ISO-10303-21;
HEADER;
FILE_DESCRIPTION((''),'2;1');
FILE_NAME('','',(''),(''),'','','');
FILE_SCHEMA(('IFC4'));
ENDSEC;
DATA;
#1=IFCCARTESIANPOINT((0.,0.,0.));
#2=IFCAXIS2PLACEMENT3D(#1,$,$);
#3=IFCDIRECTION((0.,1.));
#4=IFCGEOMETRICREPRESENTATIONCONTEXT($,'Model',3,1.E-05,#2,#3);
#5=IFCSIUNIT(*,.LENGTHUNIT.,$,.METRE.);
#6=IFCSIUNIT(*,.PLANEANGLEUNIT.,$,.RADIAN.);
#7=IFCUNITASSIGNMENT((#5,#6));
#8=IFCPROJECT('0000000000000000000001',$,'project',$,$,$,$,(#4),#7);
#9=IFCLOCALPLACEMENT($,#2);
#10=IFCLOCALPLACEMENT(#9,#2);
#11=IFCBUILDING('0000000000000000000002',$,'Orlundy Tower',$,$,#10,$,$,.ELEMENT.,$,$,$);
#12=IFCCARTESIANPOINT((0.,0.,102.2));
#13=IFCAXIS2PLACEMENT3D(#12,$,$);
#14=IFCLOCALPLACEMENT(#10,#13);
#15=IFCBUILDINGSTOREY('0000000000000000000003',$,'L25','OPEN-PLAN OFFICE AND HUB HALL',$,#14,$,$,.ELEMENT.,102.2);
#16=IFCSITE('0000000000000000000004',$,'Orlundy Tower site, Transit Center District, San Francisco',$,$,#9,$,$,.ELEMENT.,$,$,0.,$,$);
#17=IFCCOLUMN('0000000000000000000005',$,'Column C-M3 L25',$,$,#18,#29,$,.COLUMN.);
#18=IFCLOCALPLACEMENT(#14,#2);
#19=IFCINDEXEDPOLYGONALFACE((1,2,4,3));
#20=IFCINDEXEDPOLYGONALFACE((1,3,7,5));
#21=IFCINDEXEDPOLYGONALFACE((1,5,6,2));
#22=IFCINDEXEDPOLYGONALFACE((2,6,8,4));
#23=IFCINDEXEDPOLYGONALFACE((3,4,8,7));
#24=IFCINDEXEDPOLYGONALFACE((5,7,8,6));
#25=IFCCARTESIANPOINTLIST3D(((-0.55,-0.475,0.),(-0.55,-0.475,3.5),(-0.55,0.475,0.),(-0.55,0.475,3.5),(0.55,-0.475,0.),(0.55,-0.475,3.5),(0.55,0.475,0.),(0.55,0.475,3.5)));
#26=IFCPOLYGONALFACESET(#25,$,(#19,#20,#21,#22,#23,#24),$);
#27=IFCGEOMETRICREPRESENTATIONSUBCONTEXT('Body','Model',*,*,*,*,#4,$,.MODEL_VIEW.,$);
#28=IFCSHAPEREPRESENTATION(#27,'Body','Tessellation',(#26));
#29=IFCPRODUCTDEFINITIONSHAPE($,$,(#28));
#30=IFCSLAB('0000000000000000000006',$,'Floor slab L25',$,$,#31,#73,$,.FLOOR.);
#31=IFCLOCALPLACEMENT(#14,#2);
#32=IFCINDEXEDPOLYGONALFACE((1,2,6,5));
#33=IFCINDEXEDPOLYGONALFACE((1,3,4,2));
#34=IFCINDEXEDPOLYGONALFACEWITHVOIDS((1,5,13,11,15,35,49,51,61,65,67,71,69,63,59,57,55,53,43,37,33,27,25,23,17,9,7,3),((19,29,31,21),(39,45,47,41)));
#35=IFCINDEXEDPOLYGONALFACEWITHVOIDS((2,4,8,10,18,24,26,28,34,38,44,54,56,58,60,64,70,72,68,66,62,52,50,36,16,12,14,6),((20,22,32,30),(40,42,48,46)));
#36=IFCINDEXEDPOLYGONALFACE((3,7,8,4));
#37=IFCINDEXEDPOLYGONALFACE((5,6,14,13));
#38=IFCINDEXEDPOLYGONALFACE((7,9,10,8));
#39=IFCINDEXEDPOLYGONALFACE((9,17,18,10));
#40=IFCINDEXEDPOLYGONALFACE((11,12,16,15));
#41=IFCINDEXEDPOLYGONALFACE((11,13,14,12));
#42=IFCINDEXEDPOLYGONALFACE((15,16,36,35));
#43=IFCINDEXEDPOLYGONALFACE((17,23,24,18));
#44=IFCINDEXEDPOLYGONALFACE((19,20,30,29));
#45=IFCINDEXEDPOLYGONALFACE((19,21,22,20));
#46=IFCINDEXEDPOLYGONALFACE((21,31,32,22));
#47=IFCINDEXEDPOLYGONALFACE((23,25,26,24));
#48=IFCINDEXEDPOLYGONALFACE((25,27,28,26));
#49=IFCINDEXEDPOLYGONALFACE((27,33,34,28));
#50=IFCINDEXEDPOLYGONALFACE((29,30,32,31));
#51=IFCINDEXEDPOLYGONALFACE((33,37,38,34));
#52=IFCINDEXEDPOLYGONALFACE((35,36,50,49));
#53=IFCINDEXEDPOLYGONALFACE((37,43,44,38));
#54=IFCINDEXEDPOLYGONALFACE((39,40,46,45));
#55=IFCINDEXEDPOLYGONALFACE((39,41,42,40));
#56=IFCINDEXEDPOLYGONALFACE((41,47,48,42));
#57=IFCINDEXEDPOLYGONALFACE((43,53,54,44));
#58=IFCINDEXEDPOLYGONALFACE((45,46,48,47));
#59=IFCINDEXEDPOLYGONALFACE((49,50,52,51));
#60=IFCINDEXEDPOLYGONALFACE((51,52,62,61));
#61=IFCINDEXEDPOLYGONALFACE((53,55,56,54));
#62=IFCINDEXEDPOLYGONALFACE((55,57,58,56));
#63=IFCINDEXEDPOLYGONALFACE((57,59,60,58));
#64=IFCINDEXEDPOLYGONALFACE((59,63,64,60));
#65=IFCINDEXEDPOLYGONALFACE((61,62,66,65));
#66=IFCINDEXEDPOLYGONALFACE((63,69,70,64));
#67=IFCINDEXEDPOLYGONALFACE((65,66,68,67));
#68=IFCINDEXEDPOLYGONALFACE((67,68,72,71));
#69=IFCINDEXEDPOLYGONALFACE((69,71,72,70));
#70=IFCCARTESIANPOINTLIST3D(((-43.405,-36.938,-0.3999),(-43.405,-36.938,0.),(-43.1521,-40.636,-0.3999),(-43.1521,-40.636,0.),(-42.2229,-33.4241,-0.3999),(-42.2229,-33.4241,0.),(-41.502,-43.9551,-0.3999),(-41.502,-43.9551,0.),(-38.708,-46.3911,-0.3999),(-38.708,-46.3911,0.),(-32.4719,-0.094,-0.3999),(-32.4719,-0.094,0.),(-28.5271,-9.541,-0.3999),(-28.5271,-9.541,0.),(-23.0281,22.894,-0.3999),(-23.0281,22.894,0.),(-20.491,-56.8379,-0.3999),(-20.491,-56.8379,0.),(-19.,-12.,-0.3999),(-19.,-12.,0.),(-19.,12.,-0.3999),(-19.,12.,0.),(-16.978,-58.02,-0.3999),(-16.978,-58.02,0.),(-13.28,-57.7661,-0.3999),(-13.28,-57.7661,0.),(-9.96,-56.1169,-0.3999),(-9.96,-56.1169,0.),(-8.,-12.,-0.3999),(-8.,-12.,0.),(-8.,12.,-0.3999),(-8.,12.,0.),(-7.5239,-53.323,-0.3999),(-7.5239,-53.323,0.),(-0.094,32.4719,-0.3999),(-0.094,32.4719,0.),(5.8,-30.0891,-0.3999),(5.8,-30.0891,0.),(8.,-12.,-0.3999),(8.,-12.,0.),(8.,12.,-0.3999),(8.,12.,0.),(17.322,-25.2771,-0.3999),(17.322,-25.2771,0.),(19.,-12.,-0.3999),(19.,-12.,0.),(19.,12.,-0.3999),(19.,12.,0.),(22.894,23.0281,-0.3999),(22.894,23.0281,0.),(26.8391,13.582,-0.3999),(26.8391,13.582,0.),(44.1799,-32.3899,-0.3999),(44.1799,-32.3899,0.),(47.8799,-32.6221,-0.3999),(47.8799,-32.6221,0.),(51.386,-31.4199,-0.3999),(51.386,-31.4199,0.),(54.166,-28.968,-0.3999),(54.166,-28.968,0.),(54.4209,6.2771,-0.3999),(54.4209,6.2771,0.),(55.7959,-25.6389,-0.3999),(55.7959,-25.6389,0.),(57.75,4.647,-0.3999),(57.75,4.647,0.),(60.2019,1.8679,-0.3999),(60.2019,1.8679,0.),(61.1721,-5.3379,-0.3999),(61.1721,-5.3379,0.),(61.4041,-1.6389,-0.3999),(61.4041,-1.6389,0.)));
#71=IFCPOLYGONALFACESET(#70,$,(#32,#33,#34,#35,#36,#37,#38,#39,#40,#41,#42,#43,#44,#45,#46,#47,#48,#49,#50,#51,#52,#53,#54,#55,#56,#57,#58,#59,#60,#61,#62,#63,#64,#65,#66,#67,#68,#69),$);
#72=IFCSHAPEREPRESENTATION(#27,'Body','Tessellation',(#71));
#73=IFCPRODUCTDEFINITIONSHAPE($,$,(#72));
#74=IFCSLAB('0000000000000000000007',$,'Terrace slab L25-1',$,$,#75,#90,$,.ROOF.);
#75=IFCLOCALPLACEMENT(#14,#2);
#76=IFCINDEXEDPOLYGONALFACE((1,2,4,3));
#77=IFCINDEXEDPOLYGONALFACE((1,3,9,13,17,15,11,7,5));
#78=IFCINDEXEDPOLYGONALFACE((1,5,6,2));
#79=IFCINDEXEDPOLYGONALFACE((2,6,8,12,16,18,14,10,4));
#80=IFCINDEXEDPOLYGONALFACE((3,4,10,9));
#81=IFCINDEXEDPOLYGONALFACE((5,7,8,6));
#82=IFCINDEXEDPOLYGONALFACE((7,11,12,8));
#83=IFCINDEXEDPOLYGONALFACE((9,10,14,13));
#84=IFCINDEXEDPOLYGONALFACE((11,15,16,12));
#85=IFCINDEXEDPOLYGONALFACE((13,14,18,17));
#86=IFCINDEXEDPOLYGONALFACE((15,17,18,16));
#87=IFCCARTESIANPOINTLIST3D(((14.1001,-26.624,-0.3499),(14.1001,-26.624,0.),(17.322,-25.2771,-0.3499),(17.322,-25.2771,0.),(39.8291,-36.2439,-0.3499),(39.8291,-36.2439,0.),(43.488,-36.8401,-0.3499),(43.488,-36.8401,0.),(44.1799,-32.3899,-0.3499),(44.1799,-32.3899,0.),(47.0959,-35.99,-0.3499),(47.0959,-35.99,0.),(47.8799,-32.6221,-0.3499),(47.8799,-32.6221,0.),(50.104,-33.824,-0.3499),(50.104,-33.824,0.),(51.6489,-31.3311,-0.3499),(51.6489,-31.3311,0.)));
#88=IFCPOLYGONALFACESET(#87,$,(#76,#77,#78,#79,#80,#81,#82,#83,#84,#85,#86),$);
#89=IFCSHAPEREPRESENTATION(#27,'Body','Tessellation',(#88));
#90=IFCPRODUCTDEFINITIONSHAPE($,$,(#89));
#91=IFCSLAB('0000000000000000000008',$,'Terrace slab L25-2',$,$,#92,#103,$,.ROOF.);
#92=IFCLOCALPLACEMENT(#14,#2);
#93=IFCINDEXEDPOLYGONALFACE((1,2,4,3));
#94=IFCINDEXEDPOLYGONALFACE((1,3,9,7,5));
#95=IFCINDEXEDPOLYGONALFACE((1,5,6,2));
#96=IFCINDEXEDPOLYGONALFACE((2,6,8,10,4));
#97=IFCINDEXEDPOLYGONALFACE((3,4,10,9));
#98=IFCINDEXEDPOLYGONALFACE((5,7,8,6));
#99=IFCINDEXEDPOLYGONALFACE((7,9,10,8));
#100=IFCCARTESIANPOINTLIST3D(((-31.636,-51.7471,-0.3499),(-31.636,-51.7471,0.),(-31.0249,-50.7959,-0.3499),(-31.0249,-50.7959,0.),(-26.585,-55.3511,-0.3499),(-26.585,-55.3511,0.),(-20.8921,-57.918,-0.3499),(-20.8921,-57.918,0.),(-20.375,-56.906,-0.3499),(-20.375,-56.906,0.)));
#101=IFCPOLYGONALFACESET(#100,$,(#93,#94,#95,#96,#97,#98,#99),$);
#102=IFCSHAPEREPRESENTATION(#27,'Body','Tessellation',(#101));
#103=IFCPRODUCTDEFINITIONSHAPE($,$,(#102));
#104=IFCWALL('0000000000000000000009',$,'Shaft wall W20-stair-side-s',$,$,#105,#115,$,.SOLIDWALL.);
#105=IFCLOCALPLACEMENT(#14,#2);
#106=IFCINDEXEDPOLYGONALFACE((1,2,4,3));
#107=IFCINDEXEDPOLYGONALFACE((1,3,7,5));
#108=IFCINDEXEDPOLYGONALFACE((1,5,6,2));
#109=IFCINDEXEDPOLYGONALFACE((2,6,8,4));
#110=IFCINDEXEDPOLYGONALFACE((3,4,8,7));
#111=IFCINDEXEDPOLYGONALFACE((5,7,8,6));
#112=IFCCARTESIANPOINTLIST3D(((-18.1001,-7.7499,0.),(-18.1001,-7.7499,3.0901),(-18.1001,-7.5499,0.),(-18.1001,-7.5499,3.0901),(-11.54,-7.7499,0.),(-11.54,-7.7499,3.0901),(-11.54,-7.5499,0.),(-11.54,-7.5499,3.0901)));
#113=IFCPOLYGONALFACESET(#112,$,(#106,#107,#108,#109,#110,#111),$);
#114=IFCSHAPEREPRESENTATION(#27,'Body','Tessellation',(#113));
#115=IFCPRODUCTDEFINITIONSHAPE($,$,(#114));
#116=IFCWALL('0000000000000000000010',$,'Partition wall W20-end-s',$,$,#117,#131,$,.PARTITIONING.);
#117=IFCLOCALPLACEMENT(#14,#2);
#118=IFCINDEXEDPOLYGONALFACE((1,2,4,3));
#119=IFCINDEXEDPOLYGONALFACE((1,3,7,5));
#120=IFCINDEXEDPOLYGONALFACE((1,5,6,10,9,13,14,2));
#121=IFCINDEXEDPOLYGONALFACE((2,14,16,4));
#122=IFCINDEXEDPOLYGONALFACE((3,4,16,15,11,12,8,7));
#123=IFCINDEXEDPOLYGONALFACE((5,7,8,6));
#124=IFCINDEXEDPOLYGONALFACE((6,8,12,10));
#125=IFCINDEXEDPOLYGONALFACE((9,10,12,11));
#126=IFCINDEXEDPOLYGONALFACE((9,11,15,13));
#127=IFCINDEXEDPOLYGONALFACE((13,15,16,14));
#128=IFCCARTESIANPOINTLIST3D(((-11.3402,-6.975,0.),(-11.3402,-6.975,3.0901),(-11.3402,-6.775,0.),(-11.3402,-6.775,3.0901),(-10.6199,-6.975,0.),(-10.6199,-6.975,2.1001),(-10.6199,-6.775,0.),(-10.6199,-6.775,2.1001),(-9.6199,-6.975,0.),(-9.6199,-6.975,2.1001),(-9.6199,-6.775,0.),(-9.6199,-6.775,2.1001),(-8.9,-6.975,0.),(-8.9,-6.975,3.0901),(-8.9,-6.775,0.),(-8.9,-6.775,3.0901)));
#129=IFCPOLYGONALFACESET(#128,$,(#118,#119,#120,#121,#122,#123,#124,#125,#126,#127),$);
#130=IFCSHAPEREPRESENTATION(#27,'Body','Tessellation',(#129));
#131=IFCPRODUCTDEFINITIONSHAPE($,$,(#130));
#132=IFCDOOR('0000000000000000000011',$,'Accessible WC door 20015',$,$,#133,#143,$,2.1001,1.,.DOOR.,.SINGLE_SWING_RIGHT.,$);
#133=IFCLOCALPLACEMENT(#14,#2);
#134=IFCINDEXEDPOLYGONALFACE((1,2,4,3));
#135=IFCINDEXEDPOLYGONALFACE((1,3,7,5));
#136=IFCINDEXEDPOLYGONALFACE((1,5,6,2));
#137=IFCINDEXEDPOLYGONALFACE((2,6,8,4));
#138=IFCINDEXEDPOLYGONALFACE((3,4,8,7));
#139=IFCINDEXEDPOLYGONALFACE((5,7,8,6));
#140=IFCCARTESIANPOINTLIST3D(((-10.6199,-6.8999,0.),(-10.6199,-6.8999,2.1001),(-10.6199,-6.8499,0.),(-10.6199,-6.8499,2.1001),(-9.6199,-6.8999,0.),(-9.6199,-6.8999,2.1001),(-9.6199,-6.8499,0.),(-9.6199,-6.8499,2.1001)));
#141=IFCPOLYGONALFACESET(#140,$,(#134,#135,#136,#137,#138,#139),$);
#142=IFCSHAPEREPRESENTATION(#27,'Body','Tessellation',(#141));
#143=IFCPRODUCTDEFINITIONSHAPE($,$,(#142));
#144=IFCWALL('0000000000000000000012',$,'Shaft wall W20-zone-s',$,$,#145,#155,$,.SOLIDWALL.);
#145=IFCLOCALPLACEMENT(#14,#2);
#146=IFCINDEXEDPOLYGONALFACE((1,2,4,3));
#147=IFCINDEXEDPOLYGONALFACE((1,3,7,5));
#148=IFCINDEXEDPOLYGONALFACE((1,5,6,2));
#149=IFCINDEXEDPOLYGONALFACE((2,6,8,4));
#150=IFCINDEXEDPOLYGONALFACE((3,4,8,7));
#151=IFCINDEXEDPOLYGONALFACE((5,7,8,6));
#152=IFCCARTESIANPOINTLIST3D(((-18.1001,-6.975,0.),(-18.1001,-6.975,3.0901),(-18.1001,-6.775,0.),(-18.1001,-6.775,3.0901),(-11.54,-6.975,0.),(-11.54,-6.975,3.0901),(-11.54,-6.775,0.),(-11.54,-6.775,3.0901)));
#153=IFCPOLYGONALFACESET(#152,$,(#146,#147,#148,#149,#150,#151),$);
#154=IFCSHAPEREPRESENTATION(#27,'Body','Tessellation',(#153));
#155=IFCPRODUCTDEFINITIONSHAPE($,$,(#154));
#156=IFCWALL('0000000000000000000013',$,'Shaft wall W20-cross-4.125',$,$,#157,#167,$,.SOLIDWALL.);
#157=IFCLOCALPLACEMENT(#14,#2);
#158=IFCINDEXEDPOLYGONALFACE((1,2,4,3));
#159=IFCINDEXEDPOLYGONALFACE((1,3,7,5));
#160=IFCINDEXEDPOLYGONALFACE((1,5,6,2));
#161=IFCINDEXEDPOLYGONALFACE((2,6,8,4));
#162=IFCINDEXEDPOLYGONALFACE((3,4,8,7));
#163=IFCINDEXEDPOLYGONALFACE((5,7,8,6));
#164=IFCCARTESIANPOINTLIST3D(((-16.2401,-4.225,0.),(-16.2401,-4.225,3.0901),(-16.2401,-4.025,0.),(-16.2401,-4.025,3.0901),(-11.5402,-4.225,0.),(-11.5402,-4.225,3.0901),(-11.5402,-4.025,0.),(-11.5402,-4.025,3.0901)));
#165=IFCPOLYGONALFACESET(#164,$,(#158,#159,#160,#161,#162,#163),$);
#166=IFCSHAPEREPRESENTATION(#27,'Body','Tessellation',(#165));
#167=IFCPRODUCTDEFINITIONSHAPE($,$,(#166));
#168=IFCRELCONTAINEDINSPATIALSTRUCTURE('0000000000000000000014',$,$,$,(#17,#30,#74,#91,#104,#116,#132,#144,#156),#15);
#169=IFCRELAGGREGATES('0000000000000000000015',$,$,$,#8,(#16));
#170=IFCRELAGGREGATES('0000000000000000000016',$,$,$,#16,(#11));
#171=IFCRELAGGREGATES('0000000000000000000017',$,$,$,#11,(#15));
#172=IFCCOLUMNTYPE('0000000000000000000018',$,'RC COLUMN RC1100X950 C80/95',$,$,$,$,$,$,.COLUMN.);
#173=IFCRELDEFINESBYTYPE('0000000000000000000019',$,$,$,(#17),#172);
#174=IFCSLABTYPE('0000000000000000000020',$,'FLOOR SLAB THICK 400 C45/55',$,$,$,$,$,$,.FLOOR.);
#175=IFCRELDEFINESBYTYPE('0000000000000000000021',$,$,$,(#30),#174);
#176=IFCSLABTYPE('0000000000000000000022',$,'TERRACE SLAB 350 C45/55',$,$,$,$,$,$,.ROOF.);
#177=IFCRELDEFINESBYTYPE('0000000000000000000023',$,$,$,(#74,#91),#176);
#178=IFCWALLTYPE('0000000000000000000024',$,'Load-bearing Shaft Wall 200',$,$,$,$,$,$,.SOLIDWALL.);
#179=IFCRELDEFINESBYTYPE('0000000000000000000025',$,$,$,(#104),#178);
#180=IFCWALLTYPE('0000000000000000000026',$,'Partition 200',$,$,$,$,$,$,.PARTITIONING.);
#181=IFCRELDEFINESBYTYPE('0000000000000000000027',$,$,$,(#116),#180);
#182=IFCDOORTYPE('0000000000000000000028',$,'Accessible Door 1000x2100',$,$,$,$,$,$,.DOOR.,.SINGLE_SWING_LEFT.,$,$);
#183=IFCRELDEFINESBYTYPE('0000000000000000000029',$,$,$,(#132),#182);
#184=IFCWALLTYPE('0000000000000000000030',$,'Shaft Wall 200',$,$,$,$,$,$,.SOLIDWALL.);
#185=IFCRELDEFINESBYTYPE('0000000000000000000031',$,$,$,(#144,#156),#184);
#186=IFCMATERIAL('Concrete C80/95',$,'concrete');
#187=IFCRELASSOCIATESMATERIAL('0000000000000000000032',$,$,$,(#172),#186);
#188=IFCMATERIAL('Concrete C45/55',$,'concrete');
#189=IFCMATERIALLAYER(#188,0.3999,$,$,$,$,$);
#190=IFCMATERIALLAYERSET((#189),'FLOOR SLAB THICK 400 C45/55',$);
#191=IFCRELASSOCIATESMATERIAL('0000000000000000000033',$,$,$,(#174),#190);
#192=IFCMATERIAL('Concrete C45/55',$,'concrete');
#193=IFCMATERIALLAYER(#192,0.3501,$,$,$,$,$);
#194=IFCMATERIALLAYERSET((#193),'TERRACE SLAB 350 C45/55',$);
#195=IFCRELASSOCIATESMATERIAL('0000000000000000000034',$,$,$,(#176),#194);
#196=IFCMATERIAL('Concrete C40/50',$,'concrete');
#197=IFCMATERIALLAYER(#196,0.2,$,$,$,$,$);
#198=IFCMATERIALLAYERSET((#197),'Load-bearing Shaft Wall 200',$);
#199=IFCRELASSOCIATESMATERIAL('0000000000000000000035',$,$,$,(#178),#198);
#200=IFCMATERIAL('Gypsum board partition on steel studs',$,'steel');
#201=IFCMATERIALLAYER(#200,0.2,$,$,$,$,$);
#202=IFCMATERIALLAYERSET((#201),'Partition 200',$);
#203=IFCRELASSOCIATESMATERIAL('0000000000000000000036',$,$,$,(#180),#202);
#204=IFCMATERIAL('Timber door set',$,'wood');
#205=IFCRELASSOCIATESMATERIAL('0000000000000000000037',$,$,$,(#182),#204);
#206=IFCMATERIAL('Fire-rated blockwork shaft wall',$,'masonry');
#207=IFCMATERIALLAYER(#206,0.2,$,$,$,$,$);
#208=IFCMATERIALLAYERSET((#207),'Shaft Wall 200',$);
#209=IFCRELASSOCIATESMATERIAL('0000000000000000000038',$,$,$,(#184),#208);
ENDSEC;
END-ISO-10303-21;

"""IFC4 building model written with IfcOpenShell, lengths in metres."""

from ifc_helpers import new_model, si_unit, direction, frame, frame_2d, origin, origin_with_axes, origin_2d, place, context, subcontext, project, spatial, polyline, rectangle, outline, extrude, material, layer, layer_set, material_profile, profile_set, type_object, element, fill, save


model = new_model("IFC4")

# Units and contexts
model_context = context("Model", 3, precision=1e-05, world=origin(), true_north=direction((0.0, 1.0)))
body_context = subcontext(model_context, "Body", "Model", "MODEL_VIEW")
ifc_project = project(units=[si_unit("LENGTHUNIT", "METRE"), si_unit("PLANEANGLEUNIT", "RADIAN")], contexts=[model_context])

# Site, building, storey
site_placement = place(None, origin())
site = spatial("IfcSite", under=ifc_project, at=site_placement, Name="Orlundy Tower site, Transit Center District, San Francisco", CompositionType="ELEMENT", RefElevation=0.0)
building_placement = place(site_placement, origin())
building = spatial("IfcBuilding", under=site, at=building_placement, Name="Orlundy Tower", CompositionType="ELEMENT")
storey_placement = place(building_placement, frame((0.0, 0.0, 102.2)))
storey = spatial("IfcBuildingStorey", under=building, at=storey_placement, Name="L25", Description="OPEN-PLAN OFFICE AND HUB HALL", CompositionType="ELEMENT", Elevation=102.2)

# Column
ifc_material_1 = material(Name="Concrete C80/95", Category="concrete")
ifc_material_profile = material_profile(ifc_material_1, rectangle(XDim=1.1001, YDim=0.95, at=origin_2d()), Name="RC1100X950")
ifc_profile_set = profile_set([ifc_material_profile], Name="Concrete C80/95")
column_type = type_object("IfcColumnType", Name="RC COLUMN RC1100X950 C80/95", PredefinedType="COLUMN", material=ifc_profile_set)
column_placement = place(storey_placement, origin_with_axes())
element("IfcColumn", 1, at=column_placement, inside=storey, type_object=column_type, Name="Column C-M3 L25", PredefinedType="COLUMN", context=body_context, shape_type="SweptSolid", body=[
    extrude(rectangle(XDim=1.1001, YDim=0.95, at=origin_2d()), origin(), (0.0, 0.0, 1.0), 3.5),
])

# Slabs
ifc_material_2 = material(Name="Concrete C45/55", Category="concrete")
ifc_layer_1 = layer(ifc_material_2, 0.3999)
ifc_layer_set_1 = layer_set([ifc_layer_1], Name="FLOOR SLAB THICK 400 C45/55")
slab_type_1 = type_object("IfcSlabType", Name="FLOOR SLAB THICK 400 C45/55", PredefinedType="FLOOR", material=ifc_layer_set_1)
slab_1_placement = place(storey_placement, frame((0.0, 0.0, -0.3999)))
element("IfcSlab", 2, at=slab_1_placement, inside=storey, type_object=slab_type_1, Name="Floor slab L25", PredefinedType="FLOOR", context=body_context, shape_type="SweptSolid", body=[
    extrude(outline(polyline([(17.322, -25.2771), (5.8, -30.0891), (-7.5239, -53.323), (-9.96, -56.1169), (-13.28, -57.7661), (-16.978, -58.02), (-20.491, -56.8379), (-38.708, -46.3911), (-41.502, -43.9551), (-43.1521, -40.636), (-43.405, -36.938), (-42.2229, -33.4241), (-28.5271, -9.541), (-32.4719, -0.094), (-23.0281, 22.894), (-0.094, 32.4719), (22.894, 23.0281), (26.8391, 13.582), (54.4209, 6.2771), (57.75, 4.647), (60.2019, 1.8679), (61.4041, -1.6389), (61.1721, -5.3379), (55.7959, -25.6389), (54.166, -28.968), (51.386, -31.4199), (47.8799, -32.6221), (44.1799, -32.3899), (17.322, -25.2771)]), holes=[polyline([(-8.0, -12.0), (-8.0, 12.0), (-19.0, 12.0), (-19.0, -12.0), (-8.0, -12.0)]), polyline([(19.0, -12.0), (19.0, 12.0), (8.0, 12.0), (8.0, -12.0), (19.0, -12.0)])]), origin(), (0.0, 0.0, 1.0), 0.3999),
])
ifc_material_3 = material(Name="Concrete C45/55", Category="concrete")
ifc_layer_2 = layer(ifc_material_3, 0.3501)
ifc_layer_set_2 = layer_set([ifc_layer_2], Name="TERRACE SLAB 350 C45/55")
slab_type_2 = type_object("IfcSlabType", Name="TERRACE SLAB 350 C45/55", PredefinedType="ROOF", material=ifc_layer_set_2)
slab_2_placement = place(storey_placement, frame((0.0, 0.0, -0.3499)))
element("IfcSlab", 3, at=slab_2_placement, inside=storey, type_object=slab_type_2, Name="Terrace slab L25-1", PredefinedType="ROOF", context=body_context, shape_type="SweptSolid", body=[
    extrude(outline(polyline([(14.1001, -26.624), (17.322, -25.2771), (44.1799, -32.3899), (47.8799, -32.6221), (51.6489, -31.3311), (50.104, -33.824), (47.0959, -35.99), (43.488, -36.8401), (39.8291, -36.2439), (14.1001, -26.624)])), origin(), (0.0, 0.0, 1.0), 0.3499),
])
slab_3_placement = place(storey_placement, frame((0.0, 0.0, -0.3499)))
element("IfcSlab", 4, at=slab_3_placement, inside=storey, type_object=slab_type_2, Name="Terrace slab L25-2", PredefinedType="ROOF", context=body_context, shape_type="SweptSolid", body=[
    extrude(outline(polyline([(-31.636, -51.7471), (-31.0249, -50.7959), (-20.375, -56.906), (-20.8921, -57.918), (-26.585, -55.3511), (-31.636, -51.7471)])), origin(), (0.0, 0.0, 1.0), 0.3499),
])

# Wall
ifc_material_4 = material(Name="Concrete C40/50", Category="concrete")
ifc_layer_3 = layer(ifc_material_4, 0.2)
ifc_layer_set_3 = layer_set([ifc_layer_3], Name="Load-bearing Shaft Wall 200")
wall_type_1 = type_object("IfcWallType", Name="Load-bearing Shaft Wall 200", PredefinedType="SOLIDWALL", material=ifc_layer_set_3)
wall_1_placement = place(storey_placement, frame((-11.54, -7.6499, 0.0), z_axis=(0.0, 0.0, 1.0), x_axis=(-1.0, 0.0, 0.0)))
element("IfcWall", 5, at=wall_1_placement, inside=storey, type_object=wall_type_1, Name="Shaft wall W20-stair-side-s", PredefinedType="SOLIDWALL", context=body_context, shape_type="SweptSolid", body=[
    extrude(rectangle(XDim=6.5601, YDim=0.2, at=frame_2d((3.28, 0.0))), origin(), (0.0, 0.0, 1.0), 3.0901),
])

# Wall, opening, door
ifc_material_5 = material(Name="Gypsum board partition on steel studs", Category="steel")
ifc_layer_4 = layer(ifc_material_5, 0.2)
ifc_layer_set_4 = layer_set([ifc_layer_4], Name="Partition 200")
wall_type_2 = type_object("IfcWallType", Name="Partition 200", PredefinedType="PARTITIONING", material=ifc_layer_set_4)
wall_2_placement = place(storey_placement, frame((-8.8999, -6.875, 0.0), z_axis=(0.0, 0.0, 1.0), x_axis=(-1.0, 0.0, 0.0)))
wall_2 = element("IfcWall", 6, at=wall_2_placement, inside=storey, type_object=wall_type_2, Name="Partition wall W20-end-s", PredefinedType="PARTITIONING", context=body_context, shape_type="SweptSolid", body=[
    extrude(rectangle(XDim=2.4402, YDim=0.2, at=frame_2d((1.2202, 0.0))), origin(), (0.0, 0.0, 1.0), 3.0901),
])
opening_1_placement = place(wall_2_placement, frame((0.72, 0.0, 0.0)))
opening_1 = element("IfcOpeningElement", 7, at=opening_1_placement, cuts=wall_2, PredefinedType="OPENING", context=body_context, shape_type="SweptSolid", body=[
    extrude(rectangle(XDim=1.0, YDim=2.1001, at=frame_2d((0.5, 1.05))), frame((0.0, 0.1101, 0.0), z_axis=(0.0, -1.0, 0.0), x_axis=(1.0, 0.0, 0.0)), (0.0, 0.0, 1.0), 0.2202),
])
ifc_material_6 = material(Name="Timber door set", Category="wood")
door_type_1 = type_object("IfcDoorType", Name="Accessible Door 1000x2100", OperationType="SINGLE_SWING_LEFT", PredefinedType="DOOR", material=ifc_material_6)
door_1_placement = place(opening_1_placement, origin())
door_1 = element("IfcDoor", 8, at=door_1_placement, inside=storey, type_object=door_type_1, Name="Accessible WC door 20015", OperationType="SINGLE_SWING_RIGHT", OverallHeight=2.1001, OverallWidth=1.0, PredefinedType="DOOR", context=body_context, shape_type="SweptSolid", body=[
    extrude(rectangle(XDim=1.0, YDim=2.1001, at=frame_2d((0.5, 1.05))), frame((0.0, 0.0249, 0.0), z_axis=(0.0, -1.0, 0.0), x_axis=(1.0, 0.0, 0.0)), (0.0, 0.0, 1.0), 0.05),
])
fill(opening_1, door_1)

# Walls
ifc_material_7 = material(Name="Fire-rated blockwork shaft wall", Category="masonry")
ifc_layer_5 = layer(ifc_material_7, 0.2)
ifc_layer_set_5 = layer_set([ifc_layer_5], Name="Shaft Wall 200")
wall_type_3 = type_object("IfcWallType", Name="Shaft Wall 200", PredefinedType="SOLIDWALL", material=ifc_layer_set_5)
wall_3_placement = place(storey_placement, frame((-11.54, -6.875, 0.0), z_axis=(0.0, 0.0, 1.0), x_axis=(-1.0, 0.0, 0.0)))
element("IfcWall", 9, at=wall_3_placement, inside=storey, type_object=wall_type_3, Name="Shaft wall W20-zone-s", PredefinedType="SOLIDWALL", context=body_context, shape_type="SweptSolid", body=[
    extrude(rectangle(XDim=6.5601, YDim=0.2, at=frame_2d((3.28, 0.0))), origin(), (0.0, 0.0, 1.0), 3.0901),
])
wall_4_placement = place(storey_placement, frame((-11.54, -4.125, 0.0), z_axis=(0.0, 0.0, 1.0), x_axis=(-1.0, 0.0, 0.0)))
element("IfcWall", 10, at=wall_4_placement, inside=storey, type_object=wall_type_3, Name="Shaft wall W20-cross-4.125", PredefinedType="SOLIDWALL", context=body_context, shape_type="SweptSolid", body=[
    extrude(rectangle(XDim=4.7, YDim=0.2, at=frame_2d((2.3501, 0.0))), origin(), (0.0, 0.0, 1.0), 3.0901),
])

save(model, "model.ifc")
